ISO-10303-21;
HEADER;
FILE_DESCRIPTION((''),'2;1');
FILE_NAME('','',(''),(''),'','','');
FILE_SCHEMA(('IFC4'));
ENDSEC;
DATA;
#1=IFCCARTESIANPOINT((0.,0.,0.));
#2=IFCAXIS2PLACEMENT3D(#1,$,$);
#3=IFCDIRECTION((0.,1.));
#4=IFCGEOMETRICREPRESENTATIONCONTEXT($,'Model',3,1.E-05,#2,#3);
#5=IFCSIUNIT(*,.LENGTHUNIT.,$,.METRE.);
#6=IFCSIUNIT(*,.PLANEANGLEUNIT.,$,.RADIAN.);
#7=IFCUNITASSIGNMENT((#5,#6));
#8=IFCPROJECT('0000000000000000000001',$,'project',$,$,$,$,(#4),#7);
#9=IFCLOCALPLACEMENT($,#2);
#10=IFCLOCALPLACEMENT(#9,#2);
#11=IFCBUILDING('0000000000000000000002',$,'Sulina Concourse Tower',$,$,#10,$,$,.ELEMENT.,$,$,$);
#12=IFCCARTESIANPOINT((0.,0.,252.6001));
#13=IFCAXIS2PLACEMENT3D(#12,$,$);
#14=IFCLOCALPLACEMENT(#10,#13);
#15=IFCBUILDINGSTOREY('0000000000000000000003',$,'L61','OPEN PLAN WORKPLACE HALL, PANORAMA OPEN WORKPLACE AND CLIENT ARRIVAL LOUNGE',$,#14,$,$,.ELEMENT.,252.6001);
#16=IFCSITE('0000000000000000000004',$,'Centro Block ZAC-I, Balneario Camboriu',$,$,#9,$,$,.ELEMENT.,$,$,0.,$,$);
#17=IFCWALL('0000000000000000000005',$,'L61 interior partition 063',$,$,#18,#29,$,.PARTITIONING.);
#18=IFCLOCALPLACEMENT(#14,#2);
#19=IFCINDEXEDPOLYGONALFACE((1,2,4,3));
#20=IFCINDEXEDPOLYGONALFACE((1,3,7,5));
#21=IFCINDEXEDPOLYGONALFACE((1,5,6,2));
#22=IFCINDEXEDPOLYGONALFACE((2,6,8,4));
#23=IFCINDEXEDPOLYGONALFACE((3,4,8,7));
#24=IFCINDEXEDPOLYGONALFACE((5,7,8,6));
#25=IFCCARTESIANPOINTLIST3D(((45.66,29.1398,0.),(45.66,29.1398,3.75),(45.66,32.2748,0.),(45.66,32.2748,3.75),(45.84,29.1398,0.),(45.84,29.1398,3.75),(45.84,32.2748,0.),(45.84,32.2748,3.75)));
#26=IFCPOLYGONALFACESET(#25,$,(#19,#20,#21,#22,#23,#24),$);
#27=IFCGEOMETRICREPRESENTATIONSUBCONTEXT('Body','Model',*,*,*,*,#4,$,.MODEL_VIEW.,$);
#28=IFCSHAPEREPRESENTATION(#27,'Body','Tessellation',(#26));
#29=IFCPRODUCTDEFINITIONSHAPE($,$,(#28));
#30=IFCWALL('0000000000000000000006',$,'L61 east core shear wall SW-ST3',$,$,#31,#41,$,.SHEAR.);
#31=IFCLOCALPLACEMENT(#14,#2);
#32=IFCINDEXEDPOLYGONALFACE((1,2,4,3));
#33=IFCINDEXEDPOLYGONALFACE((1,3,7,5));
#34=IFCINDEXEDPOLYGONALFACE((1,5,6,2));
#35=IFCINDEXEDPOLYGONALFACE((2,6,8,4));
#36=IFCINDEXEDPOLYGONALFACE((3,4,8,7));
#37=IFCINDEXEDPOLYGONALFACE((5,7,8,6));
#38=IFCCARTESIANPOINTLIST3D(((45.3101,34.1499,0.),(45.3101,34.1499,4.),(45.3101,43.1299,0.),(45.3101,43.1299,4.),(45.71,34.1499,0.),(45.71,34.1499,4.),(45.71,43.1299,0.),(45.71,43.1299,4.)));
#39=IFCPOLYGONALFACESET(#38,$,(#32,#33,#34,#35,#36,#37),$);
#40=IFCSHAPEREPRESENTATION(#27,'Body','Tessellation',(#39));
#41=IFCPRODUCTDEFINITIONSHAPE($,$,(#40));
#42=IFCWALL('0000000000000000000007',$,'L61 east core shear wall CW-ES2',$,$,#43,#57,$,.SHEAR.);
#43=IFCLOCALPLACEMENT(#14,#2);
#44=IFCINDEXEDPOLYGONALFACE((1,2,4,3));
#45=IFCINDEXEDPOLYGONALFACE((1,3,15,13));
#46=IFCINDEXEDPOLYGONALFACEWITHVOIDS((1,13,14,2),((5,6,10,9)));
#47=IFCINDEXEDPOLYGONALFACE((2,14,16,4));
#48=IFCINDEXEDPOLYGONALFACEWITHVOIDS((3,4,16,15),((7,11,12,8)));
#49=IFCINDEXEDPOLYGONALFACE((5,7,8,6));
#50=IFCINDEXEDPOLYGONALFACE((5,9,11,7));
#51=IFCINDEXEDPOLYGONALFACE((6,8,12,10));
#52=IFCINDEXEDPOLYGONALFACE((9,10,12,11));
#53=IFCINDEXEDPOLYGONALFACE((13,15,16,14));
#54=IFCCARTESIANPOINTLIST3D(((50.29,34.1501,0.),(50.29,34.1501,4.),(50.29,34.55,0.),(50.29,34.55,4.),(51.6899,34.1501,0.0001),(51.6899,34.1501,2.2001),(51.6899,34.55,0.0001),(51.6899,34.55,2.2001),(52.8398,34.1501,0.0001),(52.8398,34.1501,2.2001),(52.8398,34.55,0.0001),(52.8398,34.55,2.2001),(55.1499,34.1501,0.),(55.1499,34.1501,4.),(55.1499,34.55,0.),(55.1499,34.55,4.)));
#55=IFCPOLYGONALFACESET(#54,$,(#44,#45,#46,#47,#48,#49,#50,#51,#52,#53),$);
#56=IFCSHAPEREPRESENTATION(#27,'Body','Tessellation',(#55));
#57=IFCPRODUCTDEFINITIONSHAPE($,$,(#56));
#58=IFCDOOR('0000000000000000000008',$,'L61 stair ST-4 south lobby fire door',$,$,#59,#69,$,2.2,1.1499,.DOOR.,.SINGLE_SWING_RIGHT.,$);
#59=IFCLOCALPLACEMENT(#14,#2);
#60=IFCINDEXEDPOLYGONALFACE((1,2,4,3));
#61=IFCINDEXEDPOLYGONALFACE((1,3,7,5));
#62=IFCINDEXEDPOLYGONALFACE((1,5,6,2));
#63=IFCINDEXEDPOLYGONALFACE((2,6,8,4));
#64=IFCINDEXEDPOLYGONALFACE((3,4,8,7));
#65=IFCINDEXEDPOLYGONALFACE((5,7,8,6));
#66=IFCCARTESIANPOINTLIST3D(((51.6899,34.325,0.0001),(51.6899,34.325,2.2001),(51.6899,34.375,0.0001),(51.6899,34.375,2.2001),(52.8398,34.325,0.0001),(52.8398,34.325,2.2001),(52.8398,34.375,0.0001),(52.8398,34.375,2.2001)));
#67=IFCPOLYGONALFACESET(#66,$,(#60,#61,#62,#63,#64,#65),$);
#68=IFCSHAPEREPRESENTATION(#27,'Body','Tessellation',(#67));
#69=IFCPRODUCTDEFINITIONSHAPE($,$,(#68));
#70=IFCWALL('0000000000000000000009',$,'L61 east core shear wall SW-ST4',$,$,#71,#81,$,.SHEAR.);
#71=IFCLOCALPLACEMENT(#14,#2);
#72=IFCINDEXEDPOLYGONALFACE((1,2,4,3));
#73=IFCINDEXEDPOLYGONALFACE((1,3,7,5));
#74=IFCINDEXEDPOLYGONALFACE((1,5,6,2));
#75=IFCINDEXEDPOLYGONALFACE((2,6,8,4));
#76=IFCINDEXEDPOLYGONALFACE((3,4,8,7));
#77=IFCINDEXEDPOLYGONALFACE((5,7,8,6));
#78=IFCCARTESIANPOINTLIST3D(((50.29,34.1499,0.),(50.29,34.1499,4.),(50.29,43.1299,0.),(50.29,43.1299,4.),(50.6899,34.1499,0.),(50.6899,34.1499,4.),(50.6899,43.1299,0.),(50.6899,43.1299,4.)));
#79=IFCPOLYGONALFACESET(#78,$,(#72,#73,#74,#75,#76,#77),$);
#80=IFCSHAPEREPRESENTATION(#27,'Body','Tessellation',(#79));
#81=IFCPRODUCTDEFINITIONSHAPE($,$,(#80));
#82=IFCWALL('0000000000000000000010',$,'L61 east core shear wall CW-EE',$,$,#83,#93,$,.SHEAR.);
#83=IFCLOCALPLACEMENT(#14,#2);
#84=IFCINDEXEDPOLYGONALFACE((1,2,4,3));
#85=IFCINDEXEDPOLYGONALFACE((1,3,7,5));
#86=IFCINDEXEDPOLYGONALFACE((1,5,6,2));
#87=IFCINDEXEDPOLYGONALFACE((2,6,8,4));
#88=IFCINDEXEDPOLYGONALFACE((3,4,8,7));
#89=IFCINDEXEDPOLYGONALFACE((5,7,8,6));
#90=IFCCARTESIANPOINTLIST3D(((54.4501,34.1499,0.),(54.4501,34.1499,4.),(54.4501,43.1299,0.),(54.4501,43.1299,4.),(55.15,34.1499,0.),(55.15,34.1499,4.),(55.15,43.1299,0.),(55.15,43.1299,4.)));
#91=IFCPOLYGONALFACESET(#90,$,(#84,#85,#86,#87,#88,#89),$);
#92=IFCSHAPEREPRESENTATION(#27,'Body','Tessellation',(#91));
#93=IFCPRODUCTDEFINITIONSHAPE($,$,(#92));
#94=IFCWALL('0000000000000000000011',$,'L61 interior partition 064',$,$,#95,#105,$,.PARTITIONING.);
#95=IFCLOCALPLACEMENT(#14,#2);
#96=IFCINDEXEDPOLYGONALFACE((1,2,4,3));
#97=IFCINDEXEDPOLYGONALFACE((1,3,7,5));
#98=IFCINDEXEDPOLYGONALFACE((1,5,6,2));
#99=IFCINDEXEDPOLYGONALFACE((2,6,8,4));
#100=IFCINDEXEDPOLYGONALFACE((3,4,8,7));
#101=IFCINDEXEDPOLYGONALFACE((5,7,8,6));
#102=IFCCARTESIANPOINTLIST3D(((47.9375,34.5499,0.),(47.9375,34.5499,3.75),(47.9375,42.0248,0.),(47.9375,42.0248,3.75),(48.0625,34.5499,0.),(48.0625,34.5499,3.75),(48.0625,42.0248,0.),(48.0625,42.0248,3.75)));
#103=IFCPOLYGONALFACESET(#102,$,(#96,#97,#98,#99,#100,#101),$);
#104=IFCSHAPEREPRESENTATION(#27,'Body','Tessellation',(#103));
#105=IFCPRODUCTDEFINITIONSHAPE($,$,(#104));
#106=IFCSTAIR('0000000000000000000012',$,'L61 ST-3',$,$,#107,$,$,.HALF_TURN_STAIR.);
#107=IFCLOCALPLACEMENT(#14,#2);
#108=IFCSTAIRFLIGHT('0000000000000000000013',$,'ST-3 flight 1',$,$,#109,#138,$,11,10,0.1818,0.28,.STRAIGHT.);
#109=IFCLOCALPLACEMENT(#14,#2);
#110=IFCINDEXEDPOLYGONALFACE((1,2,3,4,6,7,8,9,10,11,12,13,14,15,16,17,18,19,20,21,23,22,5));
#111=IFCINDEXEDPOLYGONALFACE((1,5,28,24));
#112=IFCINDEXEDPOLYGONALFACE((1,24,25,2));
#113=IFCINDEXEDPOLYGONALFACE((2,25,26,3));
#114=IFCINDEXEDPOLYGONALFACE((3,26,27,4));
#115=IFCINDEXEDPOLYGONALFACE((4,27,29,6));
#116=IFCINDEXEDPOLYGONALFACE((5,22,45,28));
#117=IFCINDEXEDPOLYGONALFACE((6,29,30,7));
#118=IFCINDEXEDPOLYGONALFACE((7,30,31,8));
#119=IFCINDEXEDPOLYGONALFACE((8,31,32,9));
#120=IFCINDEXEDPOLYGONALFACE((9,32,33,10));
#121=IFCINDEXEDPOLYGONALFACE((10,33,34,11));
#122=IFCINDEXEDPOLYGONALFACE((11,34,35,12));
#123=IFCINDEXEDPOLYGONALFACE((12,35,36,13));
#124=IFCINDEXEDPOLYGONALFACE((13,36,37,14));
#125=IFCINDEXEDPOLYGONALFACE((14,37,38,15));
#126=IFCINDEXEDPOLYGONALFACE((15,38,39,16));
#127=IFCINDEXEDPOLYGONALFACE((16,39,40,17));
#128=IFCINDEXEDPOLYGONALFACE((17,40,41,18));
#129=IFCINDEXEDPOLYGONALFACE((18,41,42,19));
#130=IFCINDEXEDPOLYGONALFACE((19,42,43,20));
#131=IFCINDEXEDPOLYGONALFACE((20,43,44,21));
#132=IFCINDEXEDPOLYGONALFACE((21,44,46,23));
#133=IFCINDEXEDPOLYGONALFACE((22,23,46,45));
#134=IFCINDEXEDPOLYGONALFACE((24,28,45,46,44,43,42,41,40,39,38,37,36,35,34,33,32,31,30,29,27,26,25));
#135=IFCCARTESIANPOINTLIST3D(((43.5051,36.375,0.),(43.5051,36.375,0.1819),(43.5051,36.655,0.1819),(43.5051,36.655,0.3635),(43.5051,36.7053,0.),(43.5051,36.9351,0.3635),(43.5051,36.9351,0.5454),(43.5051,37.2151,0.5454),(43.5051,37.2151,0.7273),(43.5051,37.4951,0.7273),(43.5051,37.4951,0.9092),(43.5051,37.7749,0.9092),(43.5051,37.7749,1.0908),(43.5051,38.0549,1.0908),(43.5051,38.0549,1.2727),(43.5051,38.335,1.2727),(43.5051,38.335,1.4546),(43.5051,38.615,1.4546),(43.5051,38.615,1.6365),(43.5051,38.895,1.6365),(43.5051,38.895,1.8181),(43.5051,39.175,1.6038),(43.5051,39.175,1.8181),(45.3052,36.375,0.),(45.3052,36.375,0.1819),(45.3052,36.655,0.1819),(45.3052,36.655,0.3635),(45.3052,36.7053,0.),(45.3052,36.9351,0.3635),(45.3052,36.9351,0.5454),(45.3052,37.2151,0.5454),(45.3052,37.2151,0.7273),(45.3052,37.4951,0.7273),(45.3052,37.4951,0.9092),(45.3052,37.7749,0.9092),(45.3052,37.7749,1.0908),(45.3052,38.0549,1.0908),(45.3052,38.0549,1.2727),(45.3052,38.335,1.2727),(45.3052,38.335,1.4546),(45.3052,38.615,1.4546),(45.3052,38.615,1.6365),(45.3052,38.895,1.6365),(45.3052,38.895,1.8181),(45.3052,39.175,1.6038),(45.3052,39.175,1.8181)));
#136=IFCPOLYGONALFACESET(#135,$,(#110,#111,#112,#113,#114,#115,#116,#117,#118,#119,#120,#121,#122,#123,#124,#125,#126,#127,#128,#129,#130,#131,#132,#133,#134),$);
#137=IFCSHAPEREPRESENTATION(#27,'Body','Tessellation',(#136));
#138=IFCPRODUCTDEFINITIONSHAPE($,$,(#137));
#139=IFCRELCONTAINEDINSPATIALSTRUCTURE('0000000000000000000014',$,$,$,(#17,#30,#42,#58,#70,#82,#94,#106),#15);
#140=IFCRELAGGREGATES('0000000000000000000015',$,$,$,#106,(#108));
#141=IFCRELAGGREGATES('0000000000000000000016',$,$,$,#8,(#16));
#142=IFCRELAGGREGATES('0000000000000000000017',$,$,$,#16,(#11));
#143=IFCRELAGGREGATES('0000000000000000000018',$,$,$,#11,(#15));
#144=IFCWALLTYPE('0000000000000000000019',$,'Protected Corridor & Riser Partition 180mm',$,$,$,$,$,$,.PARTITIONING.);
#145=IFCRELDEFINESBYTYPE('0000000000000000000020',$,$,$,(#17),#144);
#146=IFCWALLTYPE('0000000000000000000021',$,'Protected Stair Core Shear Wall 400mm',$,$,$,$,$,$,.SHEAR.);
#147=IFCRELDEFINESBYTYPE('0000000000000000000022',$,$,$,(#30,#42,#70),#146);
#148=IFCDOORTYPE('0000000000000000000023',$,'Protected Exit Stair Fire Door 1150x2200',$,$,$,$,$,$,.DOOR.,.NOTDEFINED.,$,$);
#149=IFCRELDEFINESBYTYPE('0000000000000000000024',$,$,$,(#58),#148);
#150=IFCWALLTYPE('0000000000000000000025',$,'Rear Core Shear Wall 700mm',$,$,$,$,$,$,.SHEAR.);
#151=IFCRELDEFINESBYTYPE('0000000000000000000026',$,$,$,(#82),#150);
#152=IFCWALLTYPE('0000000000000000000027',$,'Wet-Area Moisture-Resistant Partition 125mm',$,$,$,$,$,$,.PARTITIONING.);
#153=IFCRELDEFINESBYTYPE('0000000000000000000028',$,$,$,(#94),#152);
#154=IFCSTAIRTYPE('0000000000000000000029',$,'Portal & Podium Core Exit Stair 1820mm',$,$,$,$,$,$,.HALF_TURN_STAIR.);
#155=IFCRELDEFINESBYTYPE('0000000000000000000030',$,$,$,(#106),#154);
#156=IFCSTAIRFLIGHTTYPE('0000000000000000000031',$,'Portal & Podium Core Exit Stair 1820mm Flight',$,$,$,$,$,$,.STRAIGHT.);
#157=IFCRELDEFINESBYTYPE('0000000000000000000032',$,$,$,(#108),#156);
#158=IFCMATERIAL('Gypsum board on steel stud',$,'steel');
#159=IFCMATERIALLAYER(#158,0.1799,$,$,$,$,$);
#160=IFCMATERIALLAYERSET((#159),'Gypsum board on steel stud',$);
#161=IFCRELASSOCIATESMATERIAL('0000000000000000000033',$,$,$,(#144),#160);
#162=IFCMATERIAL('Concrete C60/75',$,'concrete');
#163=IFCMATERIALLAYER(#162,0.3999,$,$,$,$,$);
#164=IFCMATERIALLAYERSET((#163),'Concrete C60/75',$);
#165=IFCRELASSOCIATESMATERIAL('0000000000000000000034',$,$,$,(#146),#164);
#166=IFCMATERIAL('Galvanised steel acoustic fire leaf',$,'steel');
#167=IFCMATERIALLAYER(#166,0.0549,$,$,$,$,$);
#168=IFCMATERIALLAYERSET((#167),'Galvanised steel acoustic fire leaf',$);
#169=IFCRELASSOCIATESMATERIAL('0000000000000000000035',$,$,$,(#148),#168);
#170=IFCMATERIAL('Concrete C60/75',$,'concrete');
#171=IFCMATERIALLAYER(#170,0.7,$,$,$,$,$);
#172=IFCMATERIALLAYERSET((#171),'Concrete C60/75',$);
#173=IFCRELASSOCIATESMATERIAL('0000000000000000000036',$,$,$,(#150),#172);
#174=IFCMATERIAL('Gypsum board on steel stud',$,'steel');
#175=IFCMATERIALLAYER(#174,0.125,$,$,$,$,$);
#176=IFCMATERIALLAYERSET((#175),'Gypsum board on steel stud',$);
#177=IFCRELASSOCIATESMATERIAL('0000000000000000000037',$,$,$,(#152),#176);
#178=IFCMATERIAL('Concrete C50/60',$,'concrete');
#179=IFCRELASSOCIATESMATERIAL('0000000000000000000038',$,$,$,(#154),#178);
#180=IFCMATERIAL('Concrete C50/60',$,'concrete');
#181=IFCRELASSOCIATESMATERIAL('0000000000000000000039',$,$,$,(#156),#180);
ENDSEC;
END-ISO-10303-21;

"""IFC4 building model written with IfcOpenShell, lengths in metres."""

from ifc_helpers import new_model, si_unit, direction, frame, frame_2d, origin, place, context, subcontext, project, spatial, polyline, rectangle, outline, extrude, material, layer, layer_set, type_object, element, fill, aggregate, save


model = new_model("IFC4")

# Units and contexts
model_context = context("Model", 3, precision=1e-05, world=origin(), true_north=direction((0.0, 1.0)))
body_context = subcontext(model_context, "Body", "Model", "MODEL_VIEW")
ifc_project = project(units=[si_unit("LENGTHUNIT", "METRE"), si_unit("PLANEANGLEUNIT", "RADIAN")], contexts=[model_context])

# Site, building, storey
site_placement = place(None, origin())
site = spatial("IfcSite", under=ifc_project, at=site_placement, Name="Centro Block ZAC-I, Balneario Camboriu", CompositionType="ELEMENT", RefElevation=0.0)
building_placement = place(site_placement, origin())
building = spatial("IfcBuilding", under=site, at=building_placement, Name="Sulina Concourse Tower", CompositionType="ELEMENT")
storey_placement = place(building_placement, frame((0.0, 0.0, 252.6001)))
storey = spatial("IfcBuildingStorey", under=building, at=storey_placement, Name="L61", Description="OPEN PLAN WORKPLACE HALL, PANORAMA OPEN WORKPLACE AND CLIENT ARRIVAL LOUNGE", CompositionType="ELEMENT", Elevation=252.6001)

# Shared definitions
ifc_material_1 = material(Name="Gypsum board on steel stud", Category="steel")
ifc_layer_1 = layer(ifc_material_1, 0.1799)
ifc_layer_set_1 = layer_set([ifc_layer_1], Name="Gypsum board on steel stud")
wall_type_1 = type_object("IfcWallType", Name="Protected Corridor & Riser Partition 180mm", PredefinedType="PARTITIONING", material=ifc_layer_set_1)

# Walls
wall_1_placement = place(storey_placement, frame((45.75, 29.1399, 0.0), z_axis=(0.0, 0.0, 1.0), x_axis=(0.0, 1.0, 0.0)))
element("IfcWall", 1, at=wall_1_placement, inside=storey, type_object=wall_type_1, Name="L61 interior partition 063", PredefinedType="PARTITIONING", context=body_context, shape_type="SweptSolid", body=[
    extrude(rectangle(XDim=3.135, YDim=0.1799, at=frame_2d((1.5674, 0.0))), origin(), (0.0, 0.0, 1.0), 3.75),
])
ifc_material_2 = material(Name="Concrete C60/75", Category="concrete")
ifc_layer_2 = layer(ifc_material_2, 0.3999)
ifc_layer_set_2 = layer_set([ifc_layer_2], Name="Concrete C60/75")
wall_type_2 = type_object("IfcWallType", Name="Protected Stair Core Shear Wall 400mm", PredefinedType="SHEAR", material=ifc_layer_set_2)
wall_2_placement = place(storey_placement, frame((45.51, 34.1499, 0.0), z_axis=(0.0, 0.0, 1.0), x_axis=(0.0, 1.0, 0.0)))
element("IfcWall", 2, at=wall_2_placement, inside=storey, type_object=wall_type_2, Name="L61 east core shear wall SW-ST3", PredefinedType="SHEAR", context=body_context, shape_type="SweptSolid", body=[
    extrude(rectangle(XDim=8.98, YDim=0.3999, at=frame_2d((4.49, 0.0))), origin(), (0.0, 0.0, 1.0), 4.0),
])

# Wall, opening, door
wall_3_placement = place(storey_placement, frame((50.29, 34.3501, 0.0), z_axis=(0.0, 0.0, 1.0), x_axis=(1.0, 0.0, 0.0)))
wall_3 = element("IfcWall", 3, at=wall_3_placement, inside=storey, type_object=wall_type_2, Name="L61 east core shear wall CW-ES2", PredefinedType="SHEAR", context=body_context, shape_type="SweptSolid", body=[
    extrude(rectangle(XDim=4.8599, YDim=0.3999, at=frame_2d((2.4299, 0.0))), origin(), (0.0, 0.0, 1.0), 4.0),
])
opening_1_placement = place(wall_3_placement, frame((1.3999, 0.0, 0.0)))
opening_1 = element("IfcOpeningElement", 4, at=opening_1_placement, cuts=wall_3, PredefinedType="OPENING", context=body_context, shape_type="SweptSolid", body=[
    extrude(rectangle(XDim=1.1499, YDim=2.2, at=frame_2d((0.575, 1.1001))), frame((0.0, 0.21, 0.0), z_axis=(0.0, -1.0, 0.0), x_axis=(1.0, 0.0, 0.0)), (0.0, 0.0, 1.0), 0.4199),
])
ifc_material_3 = material(Name="Galvanised steel acoustic fire leaf", Category="steel")
ifc_layer_3 = layer(ifc_material_3, 0.0549)
ifc_layer_set_3 = layer_set([ifc_layer_3], Name="Galvanised steel acoustic fire leaf")
door_type_1 = type_object("IfcDoorType", Name="Protected Exit Stair Fire Door 1150x2200", OperationType="NOTDEFINED", PredefinedType="DOOR", material=ifc_layer_set_3)
door_1_placement = place(opening_1_placement, origin())
door_1 = element("IfcDoor", 5, at=door_1_placement, inside=storey, type_object=door_type_1, Name="L61 stair ST-4 south lobby fire door", OperationType="SINGLE_SWING_RIGHT", OverallHeight=2.2, OverallWidth=1.1499, PredefinedType="DOOR", context=body_context, shape_type="SweptSolid", body=[
    extrude(rectangle(XDim=1.1499, YDim=2.2, at=frame_2d((0.575, 1.1001))), frame((0.0, 0.0249, 0.0), z_axis=(0.0, -1.0, 0.0), x_axis=(1.0, 0.0, 0.0)), (0.0, 0.0, 1.0), 0.05),
])
fill(opening_1, door_1)

# Walls
wall_4_placement = place(storey_placement, frame((50.49, 34.1499, 0.0), z_axis=(0.0, 0.0, 1.0), x_axis=(0.0, 1.0, 0.0)))
element("IfcWall", 6, at=wall_4_placement, inside=storey, type_object=wall_type_2, Name="L61 east core shear wall SW-ST4", PredefinedType="SHEAR", context=body_context, shape_type="SweptSolid", body=[
    extrude(rectangle(XDim=8.98, YDim=0.3999, at=frame_2d((4.49, 0.0))), origin(), (0.0, 0.0, 1.0), 4.0),
])
ifc_material_4 = material(Name="Concrete C60/75", Category="concrete")
ifc_layer_4 = layer(ifc_material_4, 0.7)
ifc_layer_set_4 = layer_set([ifc_layer_4], Name="Concrete C60/75")
wall_type_3 = type_object("IfcWallType", Name="Rear Core Shear Wall 700mm", PredefinedType="SHEAR", material=ifc_layer_set_4)
wall_5_placement = place(storey_placement, frame((54.8, 34.1499, 0.0), z_axis=(0.0, 0.0, 1.0), x_axis=(0.0, 1.0, 0.0)))
element("IfcWall", 7, at=wall_5_placement, inside=storey, type_object=wall_type_3, Name="L61 east core shear wall CW-EE", PredefinedType="SHEAR", context=body_context, shape_type="SweptSolid", body=[
    extrude(rectangle(XDim=8.98, YDim=0.7, at=frame_2d((4.49, 0.0))), origin(), (0.0, 0.0, 1.0), 4.0),
])
ifc_material_5 = material(Name="Gypsum board on steel stud", Category="steel")
ifc_layer_5 = layer(ifc_material_5, 0.125)
ifc_layer_set_5 = layer_set([ifc_layer_5], Name="Gypsum board on steel stud")
wall_type_4 = type_object("IfcWallType", Name="Wet-Area Moisture-Resistant Partition 125mm", PredefinedType="PARTITIONING", material=ifc_layer_set_5)
wall_6_placement = place(storey_placement, frame((48.0, 34.55, 0.0), z_axis=(0.0, 0.0, 1.0), x_axis=(0.0, 1.0, 0.0)))
element("IfcWall", 8, at=wall_6_placement, inside=storey, type_object=wall_type_4, Name="L61 interior partition 064", PredefinedType="PARTITIONING", context=body_context, shape_type="SweptSolid", body=[
    extrude(rectangle(XDim=7.4749, YDim=0.125, at=frame_2d((3.7373, 0.0))), origin(), (0.0, 0.0, 1.0), 3.75),
])

# Stair, stair flight
ifc_material_6 = material(Name="Concrete C50/60", Category="concrete")
stair_type = type_object("IfcStairType", Name="Portal & Podium Core Exit Stair 1820mm", PredefinedType="HALF_TURN_STAIR", material=ifc_material_6)
stair_placement = place(storey_placement, origin())
stair = element("IfcStair", 9, at=stair_placement, inside=storey, type_object=stair_type, Name="L61 ST-3", PredefinedType="HALF_TURN_STAIR")
ifc_material_7 = material(Name="Concrete C50/60", Category="concrete")
stair_flight_type = type_object("IfcStairFlightType", Name="Portal & Podium Core Exit Stair 1820mm Flight", PredefinedType="STRAIGHT", material=ifc_material_7)
stair_flight_placement = place(storey_placement, frame((44.405, 36.375, 0.0), z_axis=(0.0, 0.0, 1.0), x_axis=(0.0, 1.0, 0.0)))
stair_flight = element("IfcStairFlight", 10, at=stair_flight_placement, type_object=stair_flight_type, Name="ST-3 flight 1", NumberOfRisers=11, NumberOfTreads=10, PredefinedType="STRAIGHT", RiserHeight=0.1818, TreadLength=0.28, context=body_context, shape_type="SweptSolid", body=[
    extrude(outline(polyline([(0.0, 0.0), (0.0, 0.1819), (0.28, 0.1819), (0.28, 0.3635), (0.5601, 0.3635), (0.5601, 0.5454), (0.8401, 0.5454), (0.8401, 0.7273), (1.1201, 0.7273), (1.1201, 0.9092), (1.3999, 0.9092), (1.3999, 1.0908), (1.6799, 1.0908), (1.6799, 1.2727), (1.96, 1.2727), (1.96, 1.4546), (2.24, 1.4546), (2.24, 1.6365), (2.52, 1.6365), (2.52, 1.8181), (2.8, 1.8181), (2.8, 2.0), (2.8, 1.6038), (0.3303, 0.0), (0.0, 0.0)])), frame((0.0, 0.8999, 0.0), z_axis=(0.0, -1.0, 0.0), x_axis=(1.0, 0.0, 0.0)), (0.0, 0.0, 1.0), 1.8),
])
aggregate(stair, [stair_flight])

save(model, "model.ifc")
